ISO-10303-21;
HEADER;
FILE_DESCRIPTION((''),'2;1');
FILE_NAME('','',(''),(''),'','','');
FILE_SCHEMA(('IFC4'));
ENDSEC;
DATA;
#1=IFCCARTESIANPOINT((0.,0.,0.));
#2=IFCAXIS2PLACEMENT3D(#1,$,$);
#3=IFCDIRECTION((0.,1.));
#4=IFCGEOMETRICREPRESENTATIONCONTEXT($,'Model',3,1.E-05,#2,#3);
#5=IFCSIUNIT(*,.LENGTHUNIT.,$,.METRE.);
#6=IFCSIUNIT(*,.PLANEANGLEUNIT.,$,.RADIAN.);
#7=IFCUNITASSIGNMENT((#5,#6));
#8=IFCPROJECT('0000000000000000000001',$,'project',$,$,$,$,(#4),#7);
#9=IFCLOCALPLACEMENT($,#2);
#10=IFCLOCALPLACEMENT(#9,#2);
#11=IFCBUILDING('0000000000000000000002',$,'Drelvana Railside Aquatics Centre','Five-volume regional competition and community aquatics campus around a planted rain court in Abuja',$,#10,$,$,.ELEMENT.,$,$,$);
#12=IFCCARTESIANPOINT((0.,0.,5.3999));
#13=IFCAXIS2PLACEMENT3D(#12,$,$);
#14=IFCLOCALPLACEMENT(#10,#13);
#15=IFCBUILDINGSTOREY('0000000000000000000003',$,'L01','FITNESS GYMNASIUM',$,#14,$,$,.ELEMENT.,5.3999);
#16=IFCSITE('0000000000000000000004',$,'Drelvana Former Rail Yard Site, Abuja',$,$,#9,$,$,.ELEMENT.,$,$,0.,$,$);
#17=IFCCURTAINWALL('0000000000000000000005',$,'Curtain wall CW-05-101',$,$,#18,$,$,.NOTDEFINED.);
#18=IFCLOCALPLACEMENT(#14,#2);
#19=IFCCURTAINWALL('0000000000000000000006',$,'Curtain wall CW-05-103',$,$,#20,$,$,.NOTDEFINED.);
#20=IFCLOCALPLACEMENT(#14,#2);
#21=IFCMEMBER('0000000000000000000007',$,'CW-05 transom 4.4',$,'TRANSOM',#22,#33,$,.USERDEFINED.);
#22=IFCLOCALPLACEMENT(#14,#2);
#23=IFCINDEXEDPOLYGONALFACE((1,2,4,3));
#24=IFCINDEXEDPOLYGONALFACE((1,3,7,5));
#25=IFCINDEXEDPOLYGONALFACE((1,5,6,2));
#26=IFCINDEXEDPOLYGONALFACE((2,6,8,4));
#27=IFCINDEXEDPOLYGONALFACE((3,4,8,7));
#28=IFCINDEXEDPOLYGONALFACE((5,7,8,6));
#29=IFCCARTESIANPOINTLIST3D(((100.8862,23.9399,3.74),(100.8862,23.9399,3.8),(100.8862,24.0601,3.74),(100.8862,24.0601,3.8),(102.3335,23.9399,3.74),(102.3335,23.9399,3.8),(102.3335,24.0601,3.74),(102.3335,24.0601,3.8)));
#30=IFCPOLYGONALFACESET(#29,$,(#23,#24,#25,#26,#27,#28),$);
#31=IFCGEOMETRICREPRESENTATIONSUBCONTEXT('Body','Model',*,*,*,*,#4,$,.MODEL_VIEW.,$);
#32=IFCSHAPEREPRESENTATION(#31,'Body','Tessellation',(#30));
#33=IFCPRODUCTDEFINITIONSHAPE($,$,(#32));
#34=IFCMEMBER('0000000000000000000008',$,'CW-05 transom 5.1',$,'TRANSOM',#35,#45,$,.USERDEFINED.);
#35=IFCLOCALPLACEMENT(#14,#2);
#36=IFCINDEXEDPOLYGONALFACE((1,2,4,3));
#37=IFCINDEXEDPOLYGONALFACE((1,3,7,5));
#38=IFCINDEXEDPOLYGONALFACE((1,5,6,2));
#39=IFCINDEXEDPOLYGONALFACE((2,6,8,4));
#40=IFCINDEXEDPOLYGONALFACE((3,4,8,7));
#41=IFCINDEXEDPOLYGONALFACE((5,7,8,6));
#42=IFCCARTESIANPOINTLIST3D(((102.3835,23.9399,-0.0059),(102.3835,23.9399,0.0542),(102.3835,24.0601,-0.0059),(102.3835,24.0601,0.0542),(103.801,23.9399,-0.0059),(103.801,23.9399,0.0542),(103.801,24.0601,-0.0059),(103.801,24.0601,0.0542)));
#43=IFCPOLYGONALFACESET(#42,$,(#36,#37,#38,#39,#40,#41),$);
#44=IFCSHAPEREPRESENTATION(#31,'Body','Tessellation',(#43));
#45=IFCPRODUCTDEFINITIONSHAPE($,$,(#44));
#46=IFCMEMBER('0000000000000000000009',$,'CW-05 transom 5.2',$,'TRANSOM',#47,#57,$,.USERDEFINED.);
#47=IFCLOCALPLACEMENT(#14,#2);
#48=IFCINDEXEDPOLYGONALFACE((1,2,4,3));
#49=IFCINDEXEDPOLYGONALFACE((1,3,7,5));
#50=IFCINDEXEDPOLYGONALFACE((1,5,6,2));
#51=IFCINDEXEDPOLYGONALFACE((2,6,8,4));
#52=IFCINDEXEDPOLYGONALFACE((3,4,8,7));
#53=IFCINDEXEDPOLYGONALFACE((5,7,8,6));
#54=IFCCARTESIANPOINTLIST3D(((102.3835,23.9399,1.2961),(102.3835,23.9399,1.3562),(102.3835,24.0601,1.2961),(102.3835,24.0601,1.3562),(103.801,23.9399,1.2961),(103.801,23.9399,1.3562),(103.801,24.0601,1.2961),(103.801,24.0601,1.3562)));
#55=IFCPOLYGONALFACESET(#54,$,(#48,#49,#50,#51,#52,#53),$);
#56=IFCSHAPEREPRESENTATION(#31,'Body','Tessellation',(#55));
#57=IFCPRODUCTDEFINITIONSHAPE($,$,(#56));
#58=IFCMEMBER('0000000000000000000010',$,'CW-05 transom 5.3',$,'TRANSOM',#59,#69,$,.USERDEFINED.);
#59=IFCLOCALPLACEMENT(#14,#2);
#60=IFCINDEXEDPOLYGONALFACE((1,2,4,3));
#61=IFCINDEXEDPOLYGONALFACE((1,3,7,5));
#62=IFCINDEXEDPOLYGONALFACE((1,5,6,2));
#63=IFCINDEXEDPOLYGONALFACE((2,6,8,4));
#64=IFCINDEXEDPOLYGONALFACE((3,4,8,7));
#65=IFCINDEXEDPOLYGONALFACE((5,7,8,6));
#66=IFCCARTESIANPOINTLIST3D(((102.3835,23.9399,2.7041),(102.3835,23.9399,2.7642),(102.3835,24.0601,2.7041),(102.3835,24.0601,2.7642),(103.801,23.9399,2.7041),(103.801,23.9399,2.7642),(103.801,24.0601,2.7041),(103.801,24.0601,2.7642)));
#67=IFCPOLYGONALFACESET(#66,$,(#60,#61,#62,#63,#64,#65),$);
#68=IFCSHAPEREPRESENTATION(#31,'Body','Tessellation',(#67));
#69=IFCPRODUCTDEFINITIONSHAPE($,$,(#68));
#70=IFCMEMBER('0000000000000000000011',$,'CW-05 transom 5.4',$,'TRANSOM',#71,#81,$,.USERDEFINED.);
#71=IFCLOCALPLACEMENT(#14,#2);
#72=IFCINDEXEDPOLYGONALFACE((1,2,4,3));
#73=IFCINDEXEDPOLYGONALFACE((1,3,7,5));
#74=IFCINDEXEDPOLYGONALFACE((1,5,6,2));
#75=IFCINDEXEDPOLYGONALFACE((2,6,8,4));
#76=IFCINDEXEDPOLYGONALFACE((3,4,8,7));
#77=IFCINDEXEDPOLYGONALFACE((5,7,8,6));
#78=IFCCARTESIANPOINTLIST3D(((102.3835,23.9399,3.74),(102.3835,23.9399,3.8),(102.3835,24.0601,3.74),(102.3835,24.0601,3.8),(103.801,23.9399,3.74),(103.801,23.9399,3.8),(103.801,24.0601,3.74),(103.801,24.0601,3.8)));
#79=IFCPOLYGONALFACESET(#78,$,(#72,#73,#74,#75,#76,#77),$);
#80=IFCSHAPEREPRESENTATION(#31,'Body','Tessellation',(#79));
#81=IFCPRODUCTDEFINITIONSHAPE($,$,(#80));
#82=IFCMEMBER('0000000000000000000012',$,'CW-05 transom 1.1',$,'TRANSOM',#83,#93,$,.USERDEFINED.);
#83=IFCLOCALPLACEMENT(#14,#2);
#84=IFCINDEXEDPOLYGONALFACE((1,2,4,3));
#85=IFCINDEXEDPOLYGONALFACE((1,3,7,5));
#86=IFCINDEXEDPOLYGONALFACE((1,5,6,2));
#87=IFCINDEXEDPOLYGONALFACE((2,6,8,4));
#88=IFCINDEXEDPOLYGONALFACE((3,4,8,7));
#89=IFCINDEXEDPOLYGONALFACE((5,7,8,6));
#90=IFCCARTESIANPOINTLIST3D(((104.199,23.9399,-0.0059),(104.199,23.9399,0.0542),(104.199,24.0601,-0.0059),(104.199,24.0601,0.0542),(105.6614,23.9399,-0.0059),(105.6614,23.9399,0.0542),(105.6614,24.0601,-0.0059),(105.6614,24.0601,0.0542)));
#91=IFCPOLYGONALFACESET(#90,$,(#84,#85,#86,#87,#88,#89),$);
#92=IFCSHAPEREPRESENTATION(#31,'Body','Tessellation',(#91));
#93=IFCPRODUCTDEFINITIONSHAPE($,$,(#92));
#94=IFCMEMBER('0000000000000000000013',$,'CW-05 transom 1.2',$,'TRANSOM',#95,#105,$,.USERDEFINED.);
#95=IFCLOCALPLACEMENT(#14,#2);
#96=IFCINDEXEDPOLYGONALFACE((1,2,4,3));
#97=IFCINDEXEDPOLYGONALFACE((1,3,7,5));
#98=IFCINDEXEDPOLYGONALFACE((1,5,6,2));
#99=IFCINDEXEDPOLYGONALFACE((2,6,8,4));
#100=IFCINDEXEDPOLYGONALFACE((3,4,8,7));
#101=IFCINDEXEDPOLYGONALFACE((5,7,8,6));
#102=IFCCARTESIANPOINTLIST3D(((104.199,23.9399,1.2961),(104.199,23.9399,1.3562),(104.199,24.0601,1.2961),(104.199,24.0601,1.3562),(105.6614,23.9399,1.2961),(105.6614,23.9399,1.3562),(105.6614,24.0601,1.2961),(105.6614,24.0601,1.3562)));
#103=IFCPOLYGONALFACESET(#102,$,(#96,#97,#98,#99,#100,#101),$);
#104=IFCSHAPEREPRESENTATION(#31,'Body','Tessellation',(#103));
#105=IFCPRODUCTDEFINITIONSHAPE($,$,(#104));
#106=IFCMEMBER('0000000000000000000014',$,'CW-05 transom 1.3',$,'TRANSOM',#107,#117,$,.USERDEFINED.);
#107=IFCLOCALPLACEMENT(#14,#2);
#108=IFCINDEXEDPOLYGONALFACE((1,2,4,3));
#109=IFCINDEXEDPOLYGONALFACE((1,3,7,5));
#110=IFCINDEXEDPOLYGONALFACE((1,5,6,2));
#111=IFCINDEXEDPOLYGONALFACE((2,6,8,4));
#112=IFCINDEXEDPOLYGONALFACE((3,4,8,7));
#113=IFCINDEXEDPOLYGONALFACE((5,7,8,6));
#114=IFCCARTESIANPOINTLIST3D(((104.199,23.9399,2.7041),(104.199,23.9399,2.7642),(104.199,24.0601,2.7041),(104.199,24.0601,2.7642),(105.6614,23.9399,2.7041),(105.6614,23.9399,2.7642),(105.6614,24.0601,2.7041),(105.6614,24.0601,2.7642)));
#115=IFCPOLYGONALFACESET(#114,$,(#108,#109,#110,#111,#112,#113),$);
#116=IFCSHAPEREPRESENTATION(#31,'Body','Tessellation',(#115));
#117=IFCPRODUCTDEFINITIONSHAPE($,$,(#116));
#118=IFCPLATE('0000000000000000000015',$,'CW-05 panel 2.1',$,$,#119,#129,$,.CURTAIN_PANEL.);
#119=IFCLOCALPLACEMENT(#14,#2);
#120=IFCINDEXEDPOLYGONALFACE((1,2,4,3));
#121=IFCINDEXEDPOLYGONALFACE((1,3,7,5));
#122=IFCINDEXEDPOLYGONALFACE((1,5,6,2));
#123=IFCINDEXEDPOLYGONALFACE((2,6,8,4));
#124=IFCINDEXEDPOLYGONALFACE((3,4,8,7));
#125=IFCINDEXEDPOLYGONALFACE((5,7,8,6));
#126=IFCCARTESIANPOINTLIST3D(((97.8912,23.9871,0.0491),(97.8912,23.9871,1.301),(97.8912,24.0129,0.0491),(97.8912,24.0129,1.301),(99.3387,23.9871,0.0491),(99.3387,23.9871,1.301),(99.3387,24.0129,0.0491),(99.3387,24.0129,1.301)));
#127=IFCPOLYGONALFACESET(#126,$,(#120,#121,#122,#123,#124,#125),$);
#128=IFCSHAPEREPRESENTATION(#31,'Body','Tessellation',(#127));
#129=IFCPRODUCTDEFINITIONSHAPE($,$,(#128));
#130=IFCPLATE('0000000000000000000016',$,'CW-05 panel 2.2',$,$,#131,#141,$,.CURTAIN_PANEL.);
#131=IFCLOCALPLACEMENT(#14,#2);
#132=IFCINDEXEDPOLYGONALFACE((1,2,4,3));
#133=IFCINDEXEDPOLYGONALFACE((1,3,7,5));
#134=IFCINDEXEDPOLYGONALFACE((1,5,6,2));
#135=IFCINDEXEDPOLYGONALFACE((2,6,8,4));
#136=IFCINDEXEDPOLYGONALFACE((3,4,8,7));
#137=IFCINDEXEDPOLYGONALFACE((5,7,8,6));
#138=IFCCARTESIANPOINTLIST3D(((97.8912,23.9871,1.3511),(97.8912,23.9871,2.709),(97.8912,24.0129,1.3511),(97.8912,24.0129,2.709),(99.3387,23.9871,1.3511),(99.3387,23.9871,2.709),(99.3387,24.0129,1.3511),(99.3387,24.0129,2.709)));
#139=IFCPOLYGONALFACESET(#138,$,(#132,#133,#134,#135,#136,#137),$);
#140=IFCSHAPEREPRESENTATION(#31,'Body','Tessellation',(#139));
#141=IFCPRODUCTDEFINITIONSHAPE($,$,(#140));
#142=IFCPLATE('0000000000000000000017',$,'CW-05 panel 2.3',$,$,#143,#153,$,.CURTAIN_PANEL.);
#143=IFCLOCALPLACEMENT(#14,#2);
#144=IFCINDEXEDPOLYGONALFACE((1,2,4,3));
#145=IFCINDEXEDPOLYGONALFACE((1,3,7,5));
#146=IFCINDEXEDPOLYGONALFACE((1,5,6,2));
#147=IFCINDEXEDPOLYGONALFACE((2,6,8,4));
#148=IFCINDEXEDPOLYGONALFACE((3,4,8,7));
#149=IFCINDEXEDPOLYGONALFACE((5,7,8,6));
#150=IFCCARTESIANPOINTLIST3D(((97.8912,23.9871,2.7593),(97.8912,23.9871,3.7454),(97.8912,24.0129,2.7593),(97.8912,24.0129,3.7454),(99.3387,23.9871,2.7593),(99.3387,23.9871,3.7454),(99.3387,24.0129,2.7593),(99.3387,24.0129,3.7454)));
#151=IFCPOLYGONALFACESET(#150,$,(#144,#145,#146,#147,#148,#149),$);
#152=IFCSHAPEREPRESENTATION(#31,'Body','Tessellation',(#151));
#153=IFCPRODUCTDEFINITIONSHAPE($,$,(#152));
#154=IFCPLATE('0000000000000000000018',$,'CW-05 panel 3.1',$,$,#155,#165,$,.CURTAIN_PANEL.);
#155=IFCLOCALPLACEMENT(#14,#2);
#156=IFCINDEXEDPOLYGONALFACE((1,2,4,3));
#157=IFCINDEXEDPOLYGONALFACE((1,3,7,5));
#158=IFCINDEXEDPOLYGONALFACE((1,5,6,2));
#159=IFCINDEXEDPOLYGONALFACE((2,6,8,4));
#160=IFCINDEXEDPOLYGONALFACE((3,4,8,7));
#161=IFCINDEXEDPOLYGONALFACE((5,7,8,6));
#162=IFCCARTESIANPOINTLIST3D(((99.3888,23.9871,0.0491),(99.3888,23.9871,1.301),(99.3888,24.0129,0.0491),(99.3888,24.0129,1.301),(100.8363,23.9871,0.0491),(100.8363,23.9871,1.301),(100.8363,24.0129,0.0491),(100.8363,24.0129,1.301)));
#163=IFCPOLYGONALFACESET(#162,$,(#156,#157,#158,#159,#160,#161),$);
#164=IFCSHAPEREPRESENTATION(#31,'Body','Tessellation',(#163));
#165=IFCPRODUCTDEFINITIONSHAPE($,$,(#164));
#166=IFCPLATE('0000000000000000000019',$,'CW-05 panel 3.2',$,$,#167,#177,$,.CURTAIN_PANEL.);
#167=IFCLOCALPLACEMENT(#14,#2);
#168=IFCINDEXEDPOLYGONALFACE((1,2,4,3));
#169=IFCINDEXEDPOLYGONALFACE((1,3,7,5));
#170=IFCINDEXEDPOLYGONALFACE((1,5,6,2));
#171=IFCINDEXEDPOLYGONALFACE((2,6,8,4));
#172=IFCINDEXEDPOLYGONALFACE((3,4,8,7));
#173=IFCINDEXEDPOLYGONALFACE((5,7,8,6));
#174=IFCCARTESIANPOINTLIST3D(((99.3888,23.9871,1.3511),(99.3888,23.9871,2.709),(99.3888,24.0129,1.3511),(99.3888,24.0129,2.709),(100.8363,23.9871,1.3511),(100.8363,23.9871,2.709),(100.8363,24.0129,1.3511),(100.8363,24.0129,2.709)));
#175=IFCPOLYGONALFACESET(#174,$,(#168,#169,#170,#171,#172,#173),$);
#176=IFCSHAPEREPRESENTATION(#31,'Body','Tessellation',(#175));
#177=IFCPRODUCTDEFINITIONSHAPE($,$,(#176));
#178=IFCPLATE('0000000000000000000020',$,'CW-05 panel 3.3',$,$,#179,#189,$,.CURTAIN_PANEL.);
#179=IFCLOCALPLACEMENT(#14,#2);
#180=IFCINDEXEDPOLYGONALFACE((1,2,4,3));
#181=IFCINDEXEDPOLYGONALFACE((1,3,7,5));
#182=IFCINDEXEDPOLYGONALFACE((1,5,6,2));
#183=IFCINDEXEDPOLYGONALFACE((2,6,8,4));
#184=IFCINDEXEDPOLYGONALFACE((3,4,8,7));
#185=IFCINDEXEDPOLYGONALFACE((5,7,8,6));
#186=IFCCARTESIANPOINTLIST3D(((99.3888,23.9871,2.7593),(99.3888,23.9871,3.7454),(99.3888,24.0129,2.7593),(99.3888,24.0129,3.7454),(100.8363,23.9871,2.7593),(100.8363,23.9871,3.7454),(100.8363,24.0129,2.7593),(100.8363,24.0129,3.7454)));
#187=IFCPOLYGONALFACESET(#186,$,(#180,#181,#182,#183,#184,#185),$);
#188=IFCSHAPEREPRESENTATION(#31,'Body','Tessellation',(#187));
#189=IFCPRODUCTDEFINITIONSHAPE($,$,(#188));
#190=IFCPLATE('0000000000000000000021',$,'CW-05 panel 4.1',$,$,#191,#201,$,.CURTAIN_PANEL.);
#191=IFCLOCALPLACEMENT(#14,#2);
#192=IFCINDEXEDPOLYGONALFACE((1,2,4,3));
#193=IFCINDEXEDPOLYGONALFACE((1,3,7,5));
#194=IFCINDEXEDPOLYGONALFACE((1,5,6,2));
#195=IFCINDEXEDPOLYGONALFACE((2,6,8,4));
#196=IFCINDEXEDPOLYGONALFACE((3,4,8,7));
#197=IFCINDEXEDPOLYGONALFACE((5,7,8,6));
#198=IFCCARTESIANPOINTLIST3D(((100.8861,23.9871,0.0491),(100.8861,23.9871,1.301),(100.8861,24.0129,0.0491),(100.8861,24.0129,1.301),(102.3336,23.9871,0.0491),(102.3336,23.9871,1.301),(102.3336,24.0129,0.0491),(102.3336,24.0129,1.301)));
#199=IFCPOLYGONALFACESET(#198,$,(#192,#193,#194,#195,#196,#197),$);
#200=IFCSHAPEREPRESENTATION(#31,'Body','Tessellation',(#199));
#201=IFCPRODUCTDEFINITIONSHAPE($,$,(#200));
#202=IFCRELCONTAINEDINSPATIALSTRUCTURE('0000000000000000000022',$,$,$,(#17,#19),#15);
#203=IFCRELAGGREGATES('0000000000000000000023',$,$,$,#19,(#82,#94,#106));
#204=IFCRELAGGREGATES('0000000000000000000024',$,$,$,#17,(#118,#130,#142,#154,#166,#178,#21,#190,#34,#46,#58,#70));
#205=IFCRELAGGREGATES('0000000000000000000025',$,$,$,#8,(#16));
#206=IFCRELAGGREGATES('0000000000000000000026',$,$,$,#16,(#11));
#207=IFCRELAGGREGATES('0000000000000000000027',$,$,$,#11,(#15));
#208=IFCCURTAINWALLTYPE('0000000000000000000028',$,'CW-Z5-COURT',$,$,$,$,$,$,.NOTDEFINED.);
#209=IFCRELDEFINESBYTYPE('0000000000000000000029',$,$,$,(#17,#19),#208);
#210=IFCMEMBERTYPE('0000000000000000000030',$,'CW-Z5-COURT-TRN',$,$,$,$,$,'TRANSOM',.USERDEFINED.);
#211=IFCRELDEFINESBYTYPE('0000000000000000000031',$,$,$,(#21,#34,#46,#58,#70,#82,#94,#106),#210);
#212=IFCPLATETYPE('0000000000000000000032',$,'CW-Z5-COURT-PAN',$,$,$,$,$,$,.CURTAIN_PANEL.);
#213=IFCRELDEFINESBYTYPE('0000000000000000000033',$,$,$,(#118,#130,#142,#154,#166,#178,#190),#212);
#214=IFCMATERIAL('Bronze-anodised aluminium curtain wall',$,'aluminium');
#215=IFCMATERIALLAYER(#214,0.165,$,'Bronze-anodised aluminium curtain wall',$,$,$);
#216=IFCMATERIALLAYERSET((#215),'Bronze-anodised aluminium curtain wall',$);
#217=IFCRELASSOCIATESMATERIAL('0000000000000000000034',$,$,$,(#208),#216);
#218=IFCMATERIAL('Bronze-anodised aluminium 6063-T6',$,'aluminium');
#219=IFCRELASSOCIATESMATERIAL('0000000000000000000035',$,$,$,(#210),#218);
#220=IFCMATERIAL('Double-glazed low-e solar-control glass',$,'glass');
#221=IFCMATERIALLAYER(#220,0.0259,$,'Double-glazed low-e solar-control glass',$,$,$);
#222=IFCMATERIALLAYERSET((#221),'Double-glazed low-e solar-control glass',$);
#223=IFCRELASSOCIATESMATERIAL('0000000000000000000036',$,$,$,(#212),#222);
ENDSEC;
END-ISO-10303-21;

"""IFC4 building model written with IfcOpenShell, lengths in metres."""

from ifc_helpers import new_model, si_unit, direction, frame, origin, origin_2d, place, context, subcontext, project, spatial, rectangle, extrude, material, layer, layer_set, material_profile, profile_set, type_object, element, aggregate, save


model = new_model("IFC4")

# Units and contexts
model_context = context("Model", 3, precision=1e-05, world=origin(), true_north=direction((0.0, 1.0)))
body_context = subcontext(model_context, "Body", "Model", "MODEL_VIEW")
ifc_project = project(units=[si_unit("LENGTHUNIT", "METRE"), si_unit("PLANEANGLEUNIT", "RADIAN")], contexts=[model_context])

# Site, building, storey
site_placement = place(None, origin())
site = spatial("IfcSite", under=ifc_project, at=site_placement, Name="Drelvana Former Rail Yard Site, Abuja", CompositionType="ELEMENT", RefElevation=0.0)
building_placement = place(site_placement, origin())
building = spatial("IfcBuilding", under=site, at=building_placement, Name="Drelvana Railside Aquatics Centre", Description="Five-volume regional competition and community aquatics campus around a planted rain court in Abuja", CompositionType="ELEMENT")
storey_placement = place(building_placement, frame((0.0, 0.0, 5.3999)))
storey = spatial("IfcBuildingStorey", under=building, at=storey_placement, Name="L01", Description="FITNESS GYMNASIUM", CompositionType="ELEMENT", Elevation=5.3999)

# Curtain wall
ifc_material_1 = material(Name="Bronze-anodised aluminium curtain wall", Category="aluminium")
ifc_layer_1 = layer(ifc_material_1, 0.165, Name="Bronze-anodised aluminium curtain wall")
ifc_layer_set_1 = layer_set([ifc_layer_1], Name="Bronze-anodised aluminium curtain wall")
curtain_wall_type = type_object("IfcCurtainWallType", Name="CW-Z5-COURT", PredefinedType="NOTDEFINED", material=ifc_layer_set_1)
curtain_wall_1_placement = place(storey_placement, origin())
curtain_wall_1 = element("IfcCurtainWall", 1, at=curtain_wall_1_placement, inside=storey, type_object=curtain_wall_type, Name="Curtain wall CW-05-101", PredefinedType="NOTDEFINED")
ifc_material_2 = material(Name="Bronze-anodised aluminium 6063-T6", Category="aluminium")

# Curtain wall
curtain_wall_2_placement = place(storey_placement, origin())
curtain_wall_2 = element("IfcCurtainWall", 2, at=curtain_wall_2_placement, inside=storey, type_object=curtain_wall_type, Name="Curtain wall CW-05-103", PredefinedType="NOTDEFINED")

# Members
ifc_material_profile_1 = material_profile(ifc_material_2, rectangle(XDim=0.1201, YDim=0.0601, at=origin_2d()), Name="ALU-T 60x120")
ifc_profile_set_1 = profile_set([ifc_material_profile_1], Name="Bronze-anodised aluminium 6063-T6")
member_type_1 = type_object("IfcMemberType", Name="CW-Z5-COURT-TRN", ElementType="TRANSOM", PredefinedType="USERDEFINED", material=ifc_profile_set_1)
member_1_placement = place(storey_placement, frame((100.8862, 24.0, 3.77), z_axis=(1.0, 0.0, 0.0), x_axis=(0.0, 1.0, 0.0)))
member_1 = element("IfcMember", 3, at=member_1_placement, type_object=member_type_1, Name="CW-05 transom 4.4", ObjectType="TRANSOM", PredefinedType="USERDEFINED", context=body_context, shape_type="SweptSolid", body=[
    extrude(rectangle(XDim=0.1201, YDim=0.0601, at=origin_2d()), origin(), (0.0, 0.0, 1.0), 1.4473),
])
member_2_placement = place(storey_placement, frame((102.3835, 24.0, 0.0242), z_axis=(1.0, 0.0, 0.0), x_axis=(0.0, 1.0, 0.0)))
member_2 = element("IfcMember", 4, at=member_2_placement, type_object=member_type_1, Name="CW-05 transom 5.1", ObjectType="TRANSOM", PredefinedType="USERDEFINED", context=body_context, shape_type="SweptSolid", body=[
    extrude(rectangle(XDim=0.1201, YDim=0.0601, at=origin_2d()), origin(), (0.0, 0.0, 1.0), 1.4175),
])
member_3_placement = place(storey_placement, frame((102.3835, 24.0, 1.3262), z_axis=(1.0, 0.0, 0.0), x_axis=(0.0, 1.0, 0.0)))
member_3 = element("IfcMember", 5, at=member_3_placement, type_object=member_type_1, Name="CW-05 transom 5.2", ObjectType="TRANSOM", PredefinedType="USERDEFINED", context=body_context, shape_type="SweptSolid", body=[
    extrude(rectangle(XDim=0.1201, YDim=0.0601, at=origin_2d()), origin(), (0.0, 0.0, 1.0), 1.4175),
])
member_4_placement = place(storey_placement, frame((102.3835, 24.0, 2.7341), z_axis=(1.0, 0.0, 0.0), x_axis=(0.0, 1.0, 0.0)))
member_4 = element("IfcMember", 6, at=member_4_placement, type_object=member_type_1, Name="CW-05 transom 5.3", ObjectType="TRANSOM", PredefinedType="USERDEFINED", context=body_context, shape_type="SweptSolid", body=[
    extrude(rectangle(XDim=0.1201, YDim=0.0601, at=origin_2d()), origin(), (0.0, 0.0, 1.0), 1.4175),
])
member_5_placement = place(storey_placement, frame((102.3835, 24.0, 3.77), z_axis=(1.0, 0.0, 0.0), x_axis=(0.0, 1.0, 0.0)))
member_5 = element("IfcMember", 7, at=member_5_placement, type_object=member_type_1, Name="CW-05 transom 5.4", ObjectType="TRANSOM", PredefinedType="USERDEFINED", context=body_context, shape_type="SweptSolid", body=[
    extrude(rectangle(XDim=0.1201, YDim=0.0601, at=origin_2d()), origin(), (0.0, 0.0, 1.0), 1.4175),
])
member_6_placement = place(storey_placement, frame((104.199, 24.0, 0.0242), z_axis=(1.0, 0.0, 0.0), x_axis=(0.0, 1.0, 0.0)))
member_6 = element("IfcMember", 8, at=member_6_placement, type_object=member_type_1, Name="CW-05 transom 1.1", ObjectType="TRANSOM", PredefinedType="USERDEFINED", context=body_context, shape_type="SweptSolid", body=[
    extrude(rectangle(XDim=0.1201, YDim=0.0601, at=origin_2d()), origin(), (0.0, 0.0, 1.0), 1.4624),
])
member_7_placement = place(storey_placement, frame((104.199, 24.0, 1.3262), z_axis=(1.0, 0.0, 0.0), x_axis=(0.0, 1.0, 0.0)))
member_7 = element("IfcMember", 9, at=member_7_placement, type_object=member_type_1, Name="CW-05 transom 1.2", ObjectType="TRANSOM", PredefinedType="USERDEFINED", context=body_context, shape_type="SweptSolid", body=[
    extrude(rectangle(XDim=0.1201, YDim=0.0601, at=origin_2d()), origin(), (0.0, 0.0, 1.0), 1.4624),
])
member_8_placement = place(storey_placement, frame((104.199, 24.0, 2.7341), z_axis=(1.0, 0.0, 0.0), x_axis=(0.0, 1.0, 0.0)))
member_8 = element("IfcMember", 10, at=member_8_placement, type_object=member_type_1, Name="CW-05 transom 1.3", ObjectType="TRANSOM", PredefinedType="USERDEFINED", context=body_context, shape_type="SweptSolid", body=[
    extrude(rectangle(XDim=0.1201, YDim=0.0601, at=origin_2d()), origin(), (0.0, 0.0, 1.0), 1.4624),
])
aggregate(curtain_wall_2, [member_6, member_7, member_8])

# Plates
ifc_material_3 = material(Name="Double-glazed low-e solar-control glass", Category="glass")
ifc_layer_2 = layer(ifc_material_3, 0.0259, Name="Double-glazed low-e solar-control glass")
ifc_layer_set_2 = layer_set([ifc_layer_2], Name="Double-glazed low-e solar-control glass")
plate_type = type_object("IfcPlateType", Name="CW-Z5-COURT-PAN", PredefinedType="CURTAIN_PANEL", material=ifc_layer_set_2)
plate_1_placement = place(storey_placement, frame((98.615, 24.0, 0.0491), z_axis=(0.0, 0.0, 1.0), x_axis=(1.0, 0.0, 0.0)))
plate_1 = element("IfcPlate", 11, at=plate_1_placement, type_object=plate_type, Name="CW-05 panel 2.1", PredefinedType="CURTAIN_PANEL", context=body_context, shape_type="SweptSolid", body=[
    extrude(rectangle(XDim=1.4475, YDim=0.0259, at=origin_2d()), origin(), (0.0, 0.0, 1.0), 1.252),
])
plate_2_placement = place(storey_placement, frame((98.615, 24.0, 1.3511), z_axis=(0.0, 0.0, 1.0), x_axis=(1.0, 0.0, 0.0)))
plate_2 = element("IfcPlate", 12, at=plate_2_placement, type_object=plate_type, Name="CW-05 panel 2.2", PredefinedType="CURTAIN_PANEL", context=body_context, shape_type="SweptSolid", body=[
    extrude(rectangle(XDim=1.4475, YDim=0.0259, at=origin_2d()), origin(), (0.0, 0.0, 1.0), 1.3579),
])
plate_3_placement = place(storey_placement, frame((98.615, 24.0, 2.7593), z_axis=(0.0, 0.0, 1.0), x_axis=(1.0, 0.0, 0.0)))
plate_3 = element("IfcPlate", 13, at=plate_3_placement, type_object=plate_type, Name="CW-05 panel 2.3", PredefinedType="CURTAIN_PANEL", context=body_context, shape_type="SweptSolid", body=[
    extrude(rectangle(XDim=1.4475, YDim=0.0259, at=origin_2d()), origin(), (0.0, 0.0, 1.0), 0.9861),
])
plate_4_placement = place(storey_placement, frame((100.1125, 24.0, 0.0491), z_axis=(0.0, 0.0, 1.0), x_axis=(1.0, 0.0, 0.0)))
plate_4 = element("IfcPlate", 14, at=plate_4_placement, type_object=plate_type, Name="CW-05 panel 3.1", PredefinedType="CURTAIN_PANEL", context=body_context, shape_type="SweptSolid", body=[
    extrude(rectangle(XDim=1.4475, YDim=0.0259, at=origin_2d()), origin(), (0.0, 0.0, 1.0), 1.252),
])
plate_5_placement = place(storey_placement, frame((100.1125, 24.0, 1.3511), z_axis=(0.0, 0.0, 1.0), x_axis=(1.0, 0.0, 0.0)))
plate_5 = element("IfcPlate", 15, at=plate_5_placement, type_object=plate_type, Name="CW-05 panel 3.2", PredefinedType="CURTAIN_PANEL", context=body_context, shape_type="SweptSolid", body=[
    extrude(rectangle(XDim=1.4475, YDim=0.0259, at=origin_2d()), origin(), (0.0, 0.0, 1.0), 1.3579),
])
plate_6_placement = place(storey_placement, frame((100.1125, 24.0, 2.7593), z_axis=(0.0, 0.0, 1.0), x_axis=(1.0, 0.0, 0.0)))
plate_6 = element("IfcPlate", 16, at=plate_6_placement, type_object=plate_type, Name="CW-05 panel 3.3", PredefinedType="CURTAIN_PANEL", context=body_context, shape_type="SweptSolid", body=[
    extrude(rectangle(XDim=1.4475, YDim=0.0259, at=origin_2d()), origin(), (0.0, 0.0, 1.0), 0.9861),
])
plate_7_placement = place(storey_placement, frame((101.6099, 24.0, 0.0491), z_axis=(0.0, 0.0, 1.0), x_axis=(1.0, 0.0, 0.0)))
plate_7 = element("IfcPlate", 17, at=plate_7_placement, type_object=plate_type, Name="CW-05 panel 4.1", PredefinedType="CURTAIN_PANEL", context=body_context, shape_type="SweptSolid", body=[
    extrude(rectangle(XDim=1.4475, YDim=0.0259, at=origin_2d()), origin(), (0.0, 0.0, 1.0), 1.252),
])
aggregate(curtain_wall_1, [plate_1, plate_2, plate_3, plate_4, plate_5, plate_6, member_1, plate_7, member_2, member_3, member_4, member_5])

save(model, "model.ifc")
